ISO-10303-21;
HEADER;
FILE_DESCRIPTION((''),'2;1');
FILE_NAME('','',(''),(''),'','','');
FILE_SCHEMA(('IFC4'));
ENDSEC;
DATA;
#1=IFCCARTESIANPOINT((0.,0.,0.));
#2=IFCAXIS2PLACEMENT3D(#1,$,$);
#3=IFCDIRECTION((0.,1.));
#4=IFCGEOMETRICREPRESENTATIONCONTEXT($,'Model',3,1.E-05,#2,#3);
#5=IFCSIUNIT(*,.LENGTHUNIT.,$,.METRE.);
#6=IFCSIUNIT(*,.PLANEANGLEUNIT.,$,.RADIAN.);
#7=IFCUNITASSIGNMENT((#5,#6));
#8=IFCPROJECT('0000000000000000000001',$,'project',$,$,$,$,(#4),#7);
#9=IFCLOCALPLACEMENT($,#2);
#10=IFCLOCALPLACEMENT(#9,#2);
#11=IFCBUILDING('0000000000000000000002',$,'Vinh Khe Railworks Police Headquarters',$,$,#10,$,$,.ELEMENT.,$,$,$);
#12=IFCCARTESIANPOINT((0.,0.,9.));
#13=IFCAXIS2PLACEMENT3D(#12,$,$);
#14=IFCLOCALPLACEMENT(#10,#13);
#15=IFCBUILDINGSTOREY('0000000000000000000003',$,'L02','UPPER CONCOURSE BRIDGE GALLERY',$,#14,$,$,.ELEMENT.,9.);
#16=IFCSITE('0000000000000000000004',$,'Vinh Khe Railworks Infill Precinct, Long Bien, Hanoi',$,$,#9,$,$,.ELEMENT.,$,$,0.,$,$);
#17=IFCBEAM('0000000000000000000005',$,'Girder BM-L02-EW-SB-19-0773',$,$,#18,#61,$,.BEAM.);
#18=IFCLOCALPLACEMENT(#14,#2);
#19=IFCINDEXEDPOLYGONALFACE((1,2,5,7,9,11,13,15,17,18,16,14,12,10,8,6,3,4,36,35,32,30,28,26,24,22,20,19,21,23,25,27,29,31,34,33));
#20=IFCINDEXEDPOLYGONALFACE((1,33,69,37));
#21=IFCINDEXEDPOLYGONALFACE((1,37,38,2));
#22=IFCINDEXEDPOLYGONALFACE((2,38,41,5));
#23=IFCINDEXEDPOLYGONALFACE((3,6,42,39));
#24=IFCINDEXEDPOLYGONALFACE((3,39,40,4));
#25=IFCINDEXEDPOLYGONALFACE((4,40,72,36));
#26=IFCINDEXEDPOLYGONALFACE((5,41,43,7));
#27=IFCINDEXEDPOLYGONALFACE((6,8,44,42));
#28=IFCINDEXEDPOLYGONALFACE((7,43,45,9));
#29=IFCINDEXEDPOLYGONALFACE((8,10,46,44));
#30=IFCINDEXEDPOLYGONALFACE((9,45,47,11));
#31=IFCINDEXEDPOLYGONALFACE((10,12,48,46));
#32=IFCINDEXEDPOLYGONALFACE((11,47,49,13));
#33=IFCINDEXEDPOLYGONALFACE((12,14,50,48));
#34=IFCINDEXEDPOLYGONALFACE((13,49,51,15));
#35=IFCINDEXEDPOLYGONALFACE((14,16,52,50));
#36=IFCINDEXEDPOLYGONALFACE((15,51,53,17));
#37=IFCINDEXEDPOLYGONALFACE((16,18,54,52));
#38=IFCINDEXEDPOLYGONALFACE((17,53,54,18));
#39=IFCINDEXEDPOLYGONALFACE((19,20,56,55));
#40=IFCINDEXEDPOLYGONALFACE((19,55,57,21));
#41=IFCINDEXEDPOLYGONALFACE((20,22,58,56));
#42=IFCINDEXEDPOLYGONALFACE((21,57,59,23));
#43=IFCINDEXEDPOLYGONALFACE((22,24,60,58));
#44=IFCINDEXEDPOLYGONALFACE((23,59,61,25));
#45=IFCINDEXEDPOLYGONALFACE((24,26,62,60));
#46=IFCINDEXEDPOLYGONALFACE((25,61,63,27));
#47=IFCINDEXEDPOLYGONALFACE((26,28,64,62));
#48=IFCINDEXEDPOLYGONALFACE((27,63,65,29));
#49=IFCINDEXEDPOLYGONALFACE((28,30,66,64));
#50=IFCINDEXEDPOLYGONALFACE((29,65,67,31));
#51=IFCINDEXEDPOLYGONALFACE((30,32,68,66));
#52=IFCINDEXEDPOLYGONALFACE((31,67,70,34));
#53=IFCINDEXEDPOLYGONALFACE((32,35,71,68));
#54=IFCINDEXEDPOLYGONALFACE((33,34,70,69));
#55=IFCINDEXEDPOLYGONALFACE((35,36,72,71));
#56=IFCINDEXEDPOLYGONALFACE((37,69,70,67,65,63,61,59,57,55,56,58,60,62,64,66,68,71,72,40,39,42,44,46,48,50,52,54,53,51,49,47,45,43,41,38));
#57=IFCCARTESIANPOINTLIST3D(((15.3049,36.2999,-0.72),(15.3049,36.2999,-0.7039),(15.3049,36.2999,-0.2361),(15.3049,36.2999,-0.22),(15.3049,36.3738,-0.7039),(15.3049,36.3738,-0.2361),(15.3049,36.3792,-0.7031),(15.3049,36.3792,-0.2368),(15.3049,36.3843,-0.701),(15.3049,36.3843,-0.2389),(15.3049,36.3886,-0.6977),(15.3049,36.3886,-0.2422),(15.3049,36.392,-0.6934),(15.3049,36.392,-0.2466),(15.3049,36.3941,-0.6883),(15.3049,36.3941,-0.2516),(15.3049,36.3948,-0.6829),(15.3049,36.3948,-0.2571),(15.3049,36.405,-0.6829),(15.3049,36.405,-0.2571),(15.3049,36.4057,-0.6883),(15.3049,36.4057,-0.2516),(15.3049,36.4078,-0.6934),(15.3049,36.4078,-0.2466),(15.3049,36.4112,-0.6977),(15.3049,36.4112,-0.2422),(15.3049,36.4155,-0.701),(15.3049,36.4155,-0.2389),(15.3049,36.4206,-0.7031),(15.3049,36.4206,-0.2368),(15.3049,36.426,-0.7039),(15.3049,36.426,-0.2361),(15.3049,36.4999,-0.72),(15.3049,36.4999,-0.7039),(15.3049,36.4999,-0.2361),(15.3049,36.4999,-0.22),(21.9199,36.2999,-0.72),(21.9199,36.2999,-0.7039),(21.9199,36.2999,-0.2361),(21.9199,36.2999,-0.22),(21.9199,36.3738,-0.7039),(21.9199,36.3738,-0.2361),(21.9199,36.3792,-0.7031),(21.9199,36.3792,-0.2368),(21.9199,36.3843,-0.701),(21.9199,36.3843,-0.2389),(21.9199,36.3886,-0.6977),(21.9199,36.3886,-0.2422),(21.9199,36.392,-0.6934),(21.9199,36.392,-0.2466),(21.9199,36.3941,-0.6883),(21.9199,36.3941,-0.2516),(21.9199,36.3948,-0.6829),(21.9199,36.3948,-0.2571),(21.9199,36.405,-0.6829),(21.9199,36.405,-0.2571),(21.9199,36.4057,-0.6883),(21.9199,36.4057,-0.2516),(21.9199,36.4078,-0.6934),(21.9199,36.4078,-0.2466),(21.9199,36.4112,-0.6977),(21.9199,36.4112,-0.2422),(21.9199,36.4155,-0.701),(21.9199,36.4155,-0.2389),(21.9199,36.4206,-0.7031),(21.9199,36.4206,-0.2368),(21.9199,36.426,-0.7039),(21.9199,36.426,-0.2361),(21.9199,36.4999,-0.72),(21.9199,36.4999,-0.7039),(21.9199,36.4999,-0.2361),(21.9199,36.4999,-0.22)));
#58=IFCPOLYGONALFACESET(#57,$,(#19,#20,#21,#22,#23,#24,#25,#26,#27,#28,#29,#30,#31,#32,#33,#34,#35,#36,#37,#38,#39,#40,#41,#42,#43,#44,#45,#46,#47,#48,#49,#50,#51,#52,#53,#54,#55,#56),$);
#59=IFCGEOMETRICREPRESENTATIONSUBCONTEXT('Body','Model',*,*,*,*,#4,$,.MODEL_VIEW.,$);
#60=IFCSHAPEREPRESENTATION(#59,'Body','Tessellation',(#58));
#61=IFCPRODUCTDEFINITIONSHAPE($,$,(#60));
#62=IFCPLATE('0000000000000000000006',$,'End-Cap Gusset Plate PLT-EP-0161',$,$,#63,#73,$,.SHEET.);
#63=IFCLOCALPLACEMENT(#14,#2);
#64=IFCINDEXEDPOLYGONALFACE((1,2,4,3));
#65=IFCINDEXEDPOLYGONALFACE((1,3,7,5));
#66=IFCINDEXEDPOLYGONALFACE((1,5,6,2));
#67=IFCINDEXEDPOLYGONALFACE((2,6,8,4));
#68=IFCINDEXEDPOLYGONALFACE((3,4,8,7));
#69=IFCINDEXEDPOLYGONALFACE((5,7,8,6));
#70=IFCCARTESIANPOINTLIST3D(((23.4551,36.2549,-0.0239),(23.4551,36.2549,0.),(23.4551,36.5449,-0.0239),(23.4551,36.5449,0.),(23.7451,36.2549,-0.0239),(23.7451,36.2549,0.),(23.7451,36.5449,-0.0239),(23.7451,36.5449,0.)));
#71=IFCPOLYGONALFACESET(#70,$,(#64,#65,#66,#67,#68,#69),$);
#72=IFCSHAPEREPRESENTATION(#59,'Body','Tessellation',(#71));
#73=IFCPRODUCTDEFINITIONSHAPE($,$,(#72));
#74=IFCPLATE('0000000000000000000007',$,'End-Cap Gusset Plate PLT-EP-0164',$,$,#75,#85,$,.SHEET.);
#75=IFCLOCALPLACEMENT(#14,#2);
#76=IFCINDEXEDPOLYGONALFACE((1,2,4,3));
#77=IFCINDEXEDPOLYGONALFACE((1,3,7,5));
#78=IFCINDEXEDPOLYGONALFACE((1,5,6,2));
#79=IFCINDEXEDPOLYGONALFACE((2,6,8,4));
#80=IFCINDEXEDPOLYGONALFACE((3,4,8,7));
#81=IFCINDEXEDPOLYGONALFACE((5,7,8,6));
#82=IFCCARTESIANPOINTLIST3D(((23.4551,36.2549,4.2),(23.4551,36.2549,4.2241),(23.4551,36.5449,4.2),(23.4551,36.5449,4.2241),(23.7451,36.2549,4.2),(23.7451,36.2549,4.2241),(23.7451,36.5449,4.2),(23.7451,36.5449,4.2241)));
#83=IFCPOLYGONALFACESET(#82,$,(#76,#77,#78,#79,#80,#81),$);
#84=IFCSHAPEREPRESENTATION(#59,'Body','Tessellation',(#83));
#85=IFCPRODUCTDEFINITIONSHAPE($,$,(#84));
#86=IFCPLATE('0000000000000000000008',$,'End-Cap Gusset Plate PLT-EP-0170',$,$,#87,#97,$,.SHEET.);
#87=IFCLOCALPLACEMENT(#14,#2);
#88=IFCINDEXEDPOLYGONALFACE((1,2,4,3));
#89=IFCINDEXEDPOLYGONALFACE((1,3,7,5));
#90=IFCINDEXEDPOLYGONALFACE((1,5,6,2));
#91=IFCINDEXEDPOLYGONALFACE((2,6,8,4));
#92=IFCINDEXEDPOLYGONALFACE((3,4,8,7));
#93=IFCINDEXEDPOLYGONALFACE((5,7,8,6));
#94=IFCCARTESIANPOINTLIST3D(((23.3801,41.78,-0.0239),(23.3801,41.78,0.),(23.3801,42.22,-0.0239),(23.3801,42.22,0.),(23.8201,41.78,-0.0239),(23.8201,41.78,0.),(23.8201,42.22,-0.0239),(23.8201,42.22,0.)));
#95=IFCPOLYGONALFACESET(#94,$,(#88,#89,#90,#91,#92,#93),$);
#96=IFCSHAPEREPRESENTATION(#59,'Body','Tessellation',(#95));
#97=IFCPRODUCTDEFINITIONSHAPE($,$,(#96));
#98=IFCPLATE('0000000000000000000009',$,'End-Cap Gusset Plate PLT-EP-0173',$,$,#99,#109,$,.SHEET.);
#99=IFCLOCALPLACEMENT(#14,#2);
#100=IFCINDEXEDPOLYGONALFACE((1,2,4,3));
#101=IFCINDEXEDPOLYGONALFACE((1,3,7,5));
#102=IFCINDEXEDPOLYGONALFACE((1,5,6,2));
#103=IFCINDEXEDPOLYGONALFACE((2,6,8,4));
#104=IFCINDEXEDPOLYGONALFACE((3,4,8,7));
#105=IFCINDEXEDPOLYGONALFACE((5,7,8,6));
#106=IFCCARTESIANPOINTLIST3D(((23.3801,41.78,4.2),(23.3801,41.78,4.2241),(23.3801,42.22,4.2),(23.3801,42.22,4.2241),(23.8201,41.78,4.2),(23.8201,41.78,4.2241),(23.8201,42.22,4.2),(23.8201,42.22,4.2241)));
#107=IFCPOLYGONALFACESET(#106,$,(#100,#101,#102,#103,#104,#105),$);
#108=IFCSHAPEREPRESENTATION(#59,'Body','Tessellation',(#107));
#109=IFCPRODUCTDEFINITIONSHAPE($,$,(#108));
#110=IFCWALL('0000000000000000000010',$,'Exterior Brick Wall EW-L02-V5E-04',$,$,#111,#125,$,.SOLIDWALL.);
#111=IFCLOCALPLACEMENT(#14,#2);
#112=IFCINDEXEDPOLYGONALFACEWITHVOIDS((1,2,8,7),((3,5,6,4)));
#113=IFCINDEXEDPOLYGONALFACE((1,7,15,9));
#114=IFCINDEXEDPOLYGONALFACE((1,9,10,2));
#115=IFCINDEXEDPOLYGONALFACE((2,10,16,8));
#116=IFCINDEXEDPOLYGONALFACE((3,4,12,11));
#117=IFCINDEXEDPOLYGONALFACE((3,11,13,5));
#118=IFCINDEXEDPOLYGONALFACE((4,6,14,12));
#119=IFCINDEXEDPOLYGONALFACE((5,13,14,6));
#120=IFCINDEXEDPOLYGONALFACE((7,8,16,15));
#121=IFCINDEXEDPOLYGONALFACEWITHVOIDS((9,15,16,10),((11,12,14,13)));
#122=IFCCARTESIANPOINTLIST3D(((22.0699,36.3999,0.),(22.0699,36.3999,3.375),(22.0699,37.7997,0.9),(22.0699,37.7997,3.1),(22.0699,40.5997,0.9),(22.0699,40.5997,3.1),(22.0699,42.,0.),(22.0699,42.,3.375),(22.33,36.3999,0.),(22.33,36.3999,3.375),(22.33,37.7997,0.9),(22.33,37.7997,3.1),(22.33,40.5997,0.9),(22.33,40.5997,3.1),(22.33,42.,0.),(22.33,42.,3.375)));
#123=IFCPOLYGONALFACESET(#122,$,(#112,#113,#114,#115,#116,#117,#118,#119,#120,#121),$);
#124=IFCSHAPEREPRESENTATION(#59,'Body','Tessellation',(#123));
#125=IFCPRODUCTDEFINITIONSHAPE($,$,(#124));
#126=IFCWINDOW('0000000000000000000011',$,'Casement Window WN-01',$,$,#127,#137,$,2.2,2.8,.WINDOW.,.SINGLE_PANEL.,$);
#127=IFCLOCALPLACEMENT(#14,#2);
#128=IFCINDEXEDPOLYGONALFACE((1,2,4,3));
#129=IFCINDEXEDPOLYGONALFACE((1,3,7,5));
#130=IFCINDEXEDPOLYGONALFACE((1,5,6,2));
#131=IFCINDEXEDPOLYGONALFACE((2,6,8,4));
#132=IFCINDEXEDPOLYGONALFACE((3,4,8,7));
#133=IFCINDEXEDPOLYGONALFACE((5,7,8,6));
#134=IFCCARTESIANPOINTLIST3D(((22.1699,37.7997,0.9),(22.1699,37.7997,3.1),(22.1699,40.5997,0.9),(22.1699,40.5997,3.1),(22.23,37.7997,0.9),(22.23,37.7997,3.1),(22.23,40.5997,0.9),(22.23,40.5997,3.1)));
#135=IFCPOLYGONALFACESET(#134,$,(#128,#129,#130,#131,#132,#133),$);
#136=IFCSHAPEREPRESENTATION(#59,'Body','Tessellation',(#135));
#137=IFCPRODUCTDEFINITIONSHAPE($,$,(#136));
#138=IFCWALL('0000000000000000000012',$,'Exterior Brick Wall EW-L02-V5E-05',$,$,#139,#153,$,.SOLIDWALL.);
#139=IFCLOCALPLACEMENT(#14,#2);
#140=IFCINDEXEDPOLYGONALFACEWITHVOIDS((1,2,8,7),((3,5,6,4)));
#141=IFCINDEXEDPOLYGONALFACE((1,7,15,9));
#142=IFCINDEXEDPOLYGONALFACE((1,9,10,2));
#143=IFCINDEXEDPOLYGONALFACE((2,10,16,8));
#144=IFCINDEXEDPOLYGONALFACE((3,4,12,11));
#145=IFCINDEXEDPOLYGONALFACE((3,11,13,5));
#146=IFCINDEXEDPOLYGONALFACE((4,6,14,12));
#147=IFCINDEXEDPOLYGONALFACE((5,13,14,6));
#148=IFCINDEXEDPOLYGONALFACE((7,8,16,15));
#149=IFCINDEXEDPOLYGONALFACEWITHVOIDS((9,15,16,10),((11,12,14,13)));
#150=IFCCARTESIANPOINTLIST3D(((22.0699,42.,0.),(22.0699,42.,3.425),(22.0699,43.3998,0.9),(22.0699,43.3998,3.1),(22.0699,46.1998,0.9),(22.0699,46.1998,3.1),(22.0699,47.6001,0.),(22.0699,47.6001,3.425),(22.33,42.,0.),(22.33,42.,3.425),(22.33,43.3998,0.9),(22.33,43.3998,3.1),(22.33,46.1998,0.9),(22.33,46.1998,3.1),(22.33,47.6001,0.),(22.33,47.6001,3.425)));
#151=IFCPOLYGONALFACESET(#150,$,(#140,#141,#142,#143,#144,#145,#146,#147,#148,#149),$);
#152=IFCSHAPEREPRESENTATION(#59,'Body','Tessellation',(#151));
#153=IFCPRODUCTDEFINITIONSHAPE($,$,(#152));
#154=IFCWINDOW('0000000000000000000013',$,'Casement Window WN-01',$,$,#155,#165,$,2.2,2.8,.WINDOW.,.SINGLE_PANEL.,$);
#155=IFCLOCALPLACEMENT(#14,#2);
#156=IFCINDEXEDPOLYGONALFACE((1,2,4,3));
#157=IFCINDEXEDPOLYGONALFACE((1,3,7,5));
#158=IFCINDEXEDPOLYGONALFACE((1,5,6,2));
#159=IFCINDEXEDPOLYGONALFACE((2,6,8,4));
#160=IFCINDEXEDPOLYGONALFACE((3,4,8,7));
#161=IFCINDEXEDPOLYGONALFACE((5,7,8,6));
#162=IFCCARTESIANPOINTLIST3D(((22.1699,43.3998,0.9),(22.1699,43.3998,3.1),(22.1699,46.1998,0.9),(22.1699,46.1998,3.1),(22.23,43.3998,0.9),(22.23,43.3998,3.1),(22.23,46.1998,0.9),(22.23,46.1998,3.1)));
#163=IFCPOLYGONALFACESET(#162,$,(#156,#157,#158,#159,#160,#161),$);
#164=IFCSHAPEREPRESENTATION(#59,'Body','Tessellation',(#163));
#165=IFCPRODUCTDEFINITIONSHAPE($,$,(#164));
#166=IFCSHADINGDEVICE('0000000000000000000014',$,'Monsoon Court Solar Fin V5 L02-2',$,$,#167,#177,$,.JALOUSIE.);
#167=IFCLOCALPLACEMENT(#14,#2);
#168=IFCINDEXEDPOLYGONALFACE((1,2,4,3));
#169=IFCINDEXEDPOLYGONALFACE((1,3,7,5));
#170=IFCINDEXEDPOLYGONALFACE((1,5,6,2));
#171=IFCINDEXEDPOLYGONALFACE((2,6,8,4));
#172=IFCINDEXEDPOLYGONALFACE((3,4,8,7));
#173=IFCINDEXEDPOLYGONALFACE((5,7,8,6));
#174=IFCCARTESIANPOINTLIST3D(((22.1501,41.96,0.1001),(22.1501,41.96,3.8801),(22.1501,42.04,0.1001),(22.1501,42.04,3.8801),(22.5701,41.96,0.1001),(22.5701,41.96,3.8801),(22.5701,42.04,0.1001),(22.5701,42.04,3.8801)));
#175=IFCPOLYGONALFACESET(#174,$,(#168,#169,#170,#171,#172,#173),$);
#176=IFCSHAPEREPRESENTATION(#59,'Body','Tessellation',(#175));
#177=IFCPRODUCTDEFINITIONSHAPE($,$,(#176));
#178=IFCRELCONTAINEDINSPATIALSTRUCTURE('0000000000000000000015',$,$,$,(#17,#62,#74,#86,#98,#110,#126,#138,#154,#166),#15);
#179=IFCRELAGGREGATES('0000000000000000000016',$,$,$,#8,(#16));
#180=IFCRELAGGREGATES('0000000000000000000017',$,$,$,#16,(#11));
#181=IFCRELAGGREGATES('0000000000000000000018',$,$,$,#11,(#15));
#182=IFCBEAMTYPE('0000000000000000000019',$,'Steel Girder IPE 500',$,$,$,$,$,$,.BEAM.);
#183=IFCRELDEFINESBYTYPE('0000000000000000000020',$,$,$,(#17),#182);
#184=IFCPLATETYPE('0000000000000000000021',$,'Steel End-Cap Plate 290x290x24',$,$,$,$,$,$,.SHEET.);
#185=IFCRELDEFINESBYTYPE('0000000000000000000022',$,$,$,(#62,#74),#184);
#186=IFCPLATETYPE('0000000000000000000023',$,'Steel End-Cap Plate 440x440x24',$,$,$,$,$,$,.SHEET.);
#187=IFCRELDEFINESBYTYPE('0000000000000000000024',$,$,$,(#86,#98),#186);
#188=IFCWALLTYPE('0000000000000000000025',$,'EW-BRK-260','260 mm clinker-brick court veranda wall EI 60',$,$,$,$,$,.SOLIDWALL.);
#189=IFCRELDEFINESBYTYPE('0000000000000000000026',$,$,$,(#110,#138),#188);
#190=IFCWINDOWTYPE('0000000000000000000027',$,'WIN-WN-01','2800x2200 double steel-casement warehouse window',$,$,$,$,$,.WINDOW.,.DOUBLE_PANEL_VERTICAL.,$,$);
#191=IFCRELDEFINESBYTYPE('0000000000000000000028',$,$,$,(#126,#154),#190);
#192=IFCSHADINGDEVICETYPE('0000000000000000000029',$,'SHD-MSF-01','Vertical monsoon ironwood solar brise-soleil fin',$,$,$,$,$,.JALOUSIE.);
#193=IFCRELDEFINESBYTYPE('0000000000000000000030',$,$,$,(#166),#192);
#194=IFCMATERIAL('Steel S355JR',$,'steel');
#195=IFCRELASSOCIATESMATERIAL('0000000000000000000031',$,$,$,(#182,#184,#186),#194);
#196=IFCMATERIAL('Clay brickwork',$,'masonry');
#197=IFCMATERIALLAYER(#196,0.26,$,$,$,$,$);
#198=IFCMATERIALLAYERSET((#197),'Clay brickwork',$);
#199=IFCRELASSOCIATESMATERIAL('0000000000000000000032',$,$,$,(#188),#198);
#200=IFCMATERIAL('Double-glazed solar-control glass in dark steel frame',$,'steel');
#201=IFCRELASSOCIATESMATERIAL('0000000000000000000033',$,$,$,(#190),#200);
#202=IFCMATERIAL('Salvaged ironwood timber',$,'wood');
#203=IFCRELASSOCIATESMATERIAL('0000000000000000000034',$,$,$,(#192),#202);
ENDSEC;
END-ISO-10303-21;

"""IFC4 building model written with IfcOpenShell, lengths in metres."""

from ifc_helpers import new_model, si_unit, direction, frame, frame_2d, origin, origin_2d, place, context, subcontext, project, spatial, rectangle, i_section, extrude, material, layer, layer_set, material_profile, profile_set, type_object, element, fill, save


model = new_model("IFC4")

# Units and contexts
model_context = context("Model", 3, precision=1e-05, world=origin(), true_north=direction((0.0, 1.0)))
body_context = subcontext(model_context, "Body", "Model", "MODEL_VIEW")
ifc_project = project(units=[si_unit("LENGTHUNIT", "METRE"), si_unit("PLANEANGLEUNIT", "RADIAN")], contexts=[model_context])

# Site, building, storey
site_placement = place(None, origin())
site = spatial("IfcSite", under=ifc_project, at=site_placement, Name="Vinh Khe Railworks Infill Precinct, Long Bien, Hanoi", CompositionType="ELEMENT", RefElevation=0.0)
building_placement = place(site_placement, origin())
building = spatial("IfcBuilding", under=site, at=building_placement, Name="Vinh Khe Railworks Police Headquarters", CompositionType="ELEMENT")
storey_placement = place(building_placement, frame((0.0, 0.0, 9.0)))
storey = spatial("IfcBuildingStorey", under=building, at=storey_placement, Name="L02", Description="UPPER CONCOURSE BRIDGE GALLERY", CompositionType="ELEMENT", Elevation=9.0)

# Shared definitions
ifc_material_1 = material(Name="Steel S355JR", Category="steel")

# Shared definitions
ifc_material_2 = material(Name="Salvaged ironwood timber", Category="wood")

# Beam
ifc_material_profile_1 = material_profile(ifc_material_1, i_section(OverallWidth=0.2, OverallDepth=0.5, WebThickness=0.0103, FlangeThickness=0.0161, FilletRadius=0.021, at=origin_2d()), Name="IPE 500")
ifc_profile_set_1 = profile_set([ifc_material_profile_1], Name="Steel S355JR")
beam_type_1 = type_object("IfcBeamType", Name="Steel Girder IPE 500", PredefinedType="BEAM", material=ifc_profile_set_1)
beam_1_placement = place(storey_placement, frame((15.3049, 36.3999, -0.47), z_axis=(1.0, 0.0, 0.0), x_axis=(0.0, 1.0, 0.0)))
element("IfcBeam", 1, at=beam_1_placement, inside=storey, type_object=beam_type_1, Name="Girder BM-L02-EW-SB-19-0773", PredefinedType="BEAM", context=body_context, shape_type="SweptSolid", body=[
    extrude(i_section(OverallWidth=0.2, OverallDepth=0.5, WebThickness=0.0103, FlangeThickness=0.0161, FilletRadius=0.021, at=origin_2d()), origin(), (0.0, 0.0, 1.0), 6.615),
])

# Plates
ifc_material_profile_2 = material_profile(ifc_material_1, rectangle(XDim=0.29, YDim=0.29, at=origin_2d()), Name="PL 290x290")
ifc_profile_set_2 = profile_set([ifc_material_profile_2], Name="Steel S355JR")
plate_type_1 = type_object("IfcPlateType", Name="Steel End-Cap Plate 290x290x24", PredefinedType="SHEET", material=ifc_profile_set_2)
plate_1_placement = place(storey_placement, frame((23.6001, 36.3999, 0.0), z_axis=(0.0, 0.0, -1.0), x_axis=(1.0, 0.0, 0.0)))
element("IfcPlate", 2, at=plate_1_placement, inside=storey, type_object=plate_type_1, Name="End-Cap Gusset Plate PLT-EP-0161", PredefinedType="SHEET", context=body_context, shape_type="SweptSolid", body=[
    extrude(rectangle(XDim=0.29, YDim=0.29, at=origin_2d()), origin(), (0.0, 0.0, 1.0), 0.0239),
])
plate_2_placement = place(storey_placement, frame((23.6001, 36.3999, 4.2), z_axis=(0.0, 0.0, 1.0), x_axis=(1.0, 0.0, 0.0)))
element("IfcPlate", 3, at=plate_2_placement, inside=storey, type_object=plate_type_1, Name="End-Cap Gusset Plate PLT-EP-0164", PredefinedType="SHEET", context=body_context, shape_type="SweptSolid", body=[
    extrude(rectangle(XDim=0.29, YDim=0.29, at=origin_2d()), origin(), (0.0, 0.0, 1.0), 0.0242),
])
ifc_material_profile_3 = material_profile(ifc_material_1, rectangle(XDim=0.4399, YDim=0.4399, at=origin_2d()), Name="PL 440x440")
ifc_profile_set_3 = profile_set([ifc_material_profile_3], Name="Steel S355JR")
plate_type_2 = type_object("IfcPlateType", Name="Steel End-Cap Plate 440x440x24", PredefinedType="SHEET", material=ifc_profile_set_3)
plate_3_placement = place(storey_placement, frame((23.6001, 42.0, 0.0), z_axis=(0.0, 0.0, -1.0), x_axis=(1.0, 0.0, 0.0)))
element("IfcPlate", 4, at=plate_3_placement, inside=storey, type_object=plate_type_2, Name="End-Cap Gusset Plate PLT-EP-0170", PredefinedType="SHEET", context=body_context, shape_type="SweptSolid", body=[
    extrude(rectangle(XDim=0.4399, YDim=0.4399, at=origin_2d()), origin(), (0.0, 0.0, 1.0), 0.0239),
])
plate_4_placement = place(storey_placement, frame((23.6001, 42.0, 4.2), z_axis=(0.0, 0.0, 1.0), x_axis=(1.0, 0.0, 0.0)))
element("IfcPlate", 5, at=plate_4_placement, inside=storey, type_object=plate_type_2, Name="End-Cap Gusset Plate PLT-EP-0173", PredefinedType="SHEET", context=body_context, shape_type="SweptSolid", body=[
    extrude(rectangle(XDim=0.4399, YDim=0.4399, at=origin_2d()), origin(), (0.0, 0.0, 1.0), 0.0242),
])

# Walls, openings, windows
ifc_material_3 = material(Name="Clay brickwork", Category="masonry")
ifc_layer = layer(ifc_material_3, 0.26)
ifc_layer_set = layer_set([ifc_layer], Name="Clay brickwork")
wall_type = type_object("IfcWallType", Name="EW-BRK-260", Description="260 mm clinker-brick court veranda wall EI 60", PredefinedType="SOLIDWALL", material=ifc_layer_set)
wall_1_placement = place(storey_placement, frame((22.2, 36.3999, 0.0), z_axis=(0.0, 0.0, 1.0), x_axis=(0.0, 1.0, 0.0)))
wall_1 = element("IfcWall", 6, at=wall_1_placement, inside=storey, type_object=wall_type, Name="Exterior Brick Wall EW-L02-V5E-04", PredefinedType="SOLIDWALL", context=body_context, shape_type="SweptSolid", body=[
    extrude(rectangle(XDim=5.6001, YDim=0.26, at=frame_2d((2.8, 0.0))), origin(), (0.0, 0.0, 1.0), 3.375),
])
opening_1_placement = place(wall_1_placement, frame((1.3999, 0.0, 0.8999)))
opening_1 = element("IfcOpeningElement", 7, at=opening_1_placement, cuts=wall_1, PredefinedType="OPENING", context=body_context, shape_type="SweptSolid", body=[
    extrude(rectangle(XDim=2.8, YDim=2.2, at=frame_2d((1.3999, 1.1001))), frame((0.0, 0.145, 0.0), z_axis=(0.0, -1.0, 0.0), x_axis=(1.0, 0.0, 0.0)), (0.0, 0.0, 1.0), 0.2898),
])
ifc_material_4 = material(Name="Double-glazed solar-control glass in dark steel frame", Category="steel")
window_type = type_object("IfcWindowType", Name="WIN-WN-01", Description="2800x2200 double steel-casement warehouse window", PartitioningType="DOUBLE_PANEL_VERTICAL", PredefinedType="WINDOW", material=ifc_material_4)
window_1_placement = place(opening_1_placement, origin())
window_1 = element("IfcWindow", 8, at=window_1_placement, inside=storey, type_object=window_type, Name="Casement Window WN-01", OverallHeight=2.2, OverallWidth=2.8, PartitioningType="SINGLE_PANEL", PredefinedType="WINDOW", context=body_context, shape_type="SweptSolid", body=[
    extrude(rectangle(XDim=2.8, YDim=2.2, at=frame_2d((1.3999, 1.1001))), frame((0.0, 0.03, 0.0), z_axis=(0.0, -1.0, 0.0), x_axis=(1.0, 0.0, 0.0)), (0.0, 0.0, 1.0), 0.0601),
])
fill(opening_1, window_1)
wall_2_placement = place(storey_placement, frame((22.2, 42.0, 0.0), z_axis=(0.0, 0.0, 1.0), x_axis=(0.0, 1.0, 0.0)))
wall_2 = element("IfcWall", 9, at=wall_2_placement, inside=storey, type_object=wall_type, Name="Exterior Brick Wall EW-L02-V5E-05", PredefinedType="SOLIDWALL", context=body_context, shape_type="SweptSolid", body=[
    extrude(rectangle(XDim=5.6001, YDim=0.26, at=frame_2d((2.8, 0.0))), origin(), (0.0, 0.0, 1.0), 3.425),
])
opening_2_placement = place(wall_2_placement, frame((1.3999, 0.0, 0.8999)))
opening_2 = element("IfcOpeningElement", 10, at=opening_2_placement, cuts=wall_2, PredefinedType="OPENING", context=body_context, shape_type="SweptSolid", body=[
    extrude(rectangle(XDim=2.8, YDim=2.2, at=frame_2d((1.3999, 1.1001))), frame((0.0, 0.145, 0.0), z_axis=(0.0, -1.0, 0.0), x_axis=(1.0, 0.0, 0.0)), (0.0, 0.0, 1.0), 0.2898),
])
window_2_placement = place(opening_2_placement, origin())
window_2 = element("IfcWindow", 11, at=window_2_placement, inside=storey, type_object=window_type, Name="Casement Window WN-01", OverallHeight=2.2, OverallWidth=2.8, PartitioningType="SINGLE_PANEL", PredefinedType="WINDOW", context=body_context, shape_type="SweptSolid", body=[
    extrude(rectangle(XDim=2.8, YDim=2.2, at=frame_2d((1.3999, 1.1001))), frame((0.0, 0.03, 0.0), z_axis=(0.0, -1.0, 0.0), x_axis=(1.0, 0.0, 0.0)), (0.0, 0.0, 1.0), 0.0601),
])
fill(opening_2, window_2)

# Shading device
shading_device_type_1 = type_object("IfcShadingDeviceType", Name="SHD-MSF-01", Description="Vertical monsoon ironwood solar brise-soleil fin", PredefinedType="JALOUSIE", material=ifc_material_2)
shading_device_1_placement = place(storey_placement, frame((22.3601, 42.0, 0.1001), z_axis=(0.0, 0.0, 1.0), x_axis=(1.0, 0.0, 0.0)))
element("IfcShadingDevice", 12, at=shading_device_1_placement, inside=storey, type_object=shading_device_type_1, Name="Monsoon Court Solar Fin V5 L02-2", PredefinedType="JALOUSIE", context=body_context, shape_type="SweptSolid", body=[
    extrude(rectangle(XDim=0.4199, YDim=0.0801, at=origin_2d()), origin(), (0.0, 0.0, 1.0), 3.78),
])

save(model, "model.ifc")
